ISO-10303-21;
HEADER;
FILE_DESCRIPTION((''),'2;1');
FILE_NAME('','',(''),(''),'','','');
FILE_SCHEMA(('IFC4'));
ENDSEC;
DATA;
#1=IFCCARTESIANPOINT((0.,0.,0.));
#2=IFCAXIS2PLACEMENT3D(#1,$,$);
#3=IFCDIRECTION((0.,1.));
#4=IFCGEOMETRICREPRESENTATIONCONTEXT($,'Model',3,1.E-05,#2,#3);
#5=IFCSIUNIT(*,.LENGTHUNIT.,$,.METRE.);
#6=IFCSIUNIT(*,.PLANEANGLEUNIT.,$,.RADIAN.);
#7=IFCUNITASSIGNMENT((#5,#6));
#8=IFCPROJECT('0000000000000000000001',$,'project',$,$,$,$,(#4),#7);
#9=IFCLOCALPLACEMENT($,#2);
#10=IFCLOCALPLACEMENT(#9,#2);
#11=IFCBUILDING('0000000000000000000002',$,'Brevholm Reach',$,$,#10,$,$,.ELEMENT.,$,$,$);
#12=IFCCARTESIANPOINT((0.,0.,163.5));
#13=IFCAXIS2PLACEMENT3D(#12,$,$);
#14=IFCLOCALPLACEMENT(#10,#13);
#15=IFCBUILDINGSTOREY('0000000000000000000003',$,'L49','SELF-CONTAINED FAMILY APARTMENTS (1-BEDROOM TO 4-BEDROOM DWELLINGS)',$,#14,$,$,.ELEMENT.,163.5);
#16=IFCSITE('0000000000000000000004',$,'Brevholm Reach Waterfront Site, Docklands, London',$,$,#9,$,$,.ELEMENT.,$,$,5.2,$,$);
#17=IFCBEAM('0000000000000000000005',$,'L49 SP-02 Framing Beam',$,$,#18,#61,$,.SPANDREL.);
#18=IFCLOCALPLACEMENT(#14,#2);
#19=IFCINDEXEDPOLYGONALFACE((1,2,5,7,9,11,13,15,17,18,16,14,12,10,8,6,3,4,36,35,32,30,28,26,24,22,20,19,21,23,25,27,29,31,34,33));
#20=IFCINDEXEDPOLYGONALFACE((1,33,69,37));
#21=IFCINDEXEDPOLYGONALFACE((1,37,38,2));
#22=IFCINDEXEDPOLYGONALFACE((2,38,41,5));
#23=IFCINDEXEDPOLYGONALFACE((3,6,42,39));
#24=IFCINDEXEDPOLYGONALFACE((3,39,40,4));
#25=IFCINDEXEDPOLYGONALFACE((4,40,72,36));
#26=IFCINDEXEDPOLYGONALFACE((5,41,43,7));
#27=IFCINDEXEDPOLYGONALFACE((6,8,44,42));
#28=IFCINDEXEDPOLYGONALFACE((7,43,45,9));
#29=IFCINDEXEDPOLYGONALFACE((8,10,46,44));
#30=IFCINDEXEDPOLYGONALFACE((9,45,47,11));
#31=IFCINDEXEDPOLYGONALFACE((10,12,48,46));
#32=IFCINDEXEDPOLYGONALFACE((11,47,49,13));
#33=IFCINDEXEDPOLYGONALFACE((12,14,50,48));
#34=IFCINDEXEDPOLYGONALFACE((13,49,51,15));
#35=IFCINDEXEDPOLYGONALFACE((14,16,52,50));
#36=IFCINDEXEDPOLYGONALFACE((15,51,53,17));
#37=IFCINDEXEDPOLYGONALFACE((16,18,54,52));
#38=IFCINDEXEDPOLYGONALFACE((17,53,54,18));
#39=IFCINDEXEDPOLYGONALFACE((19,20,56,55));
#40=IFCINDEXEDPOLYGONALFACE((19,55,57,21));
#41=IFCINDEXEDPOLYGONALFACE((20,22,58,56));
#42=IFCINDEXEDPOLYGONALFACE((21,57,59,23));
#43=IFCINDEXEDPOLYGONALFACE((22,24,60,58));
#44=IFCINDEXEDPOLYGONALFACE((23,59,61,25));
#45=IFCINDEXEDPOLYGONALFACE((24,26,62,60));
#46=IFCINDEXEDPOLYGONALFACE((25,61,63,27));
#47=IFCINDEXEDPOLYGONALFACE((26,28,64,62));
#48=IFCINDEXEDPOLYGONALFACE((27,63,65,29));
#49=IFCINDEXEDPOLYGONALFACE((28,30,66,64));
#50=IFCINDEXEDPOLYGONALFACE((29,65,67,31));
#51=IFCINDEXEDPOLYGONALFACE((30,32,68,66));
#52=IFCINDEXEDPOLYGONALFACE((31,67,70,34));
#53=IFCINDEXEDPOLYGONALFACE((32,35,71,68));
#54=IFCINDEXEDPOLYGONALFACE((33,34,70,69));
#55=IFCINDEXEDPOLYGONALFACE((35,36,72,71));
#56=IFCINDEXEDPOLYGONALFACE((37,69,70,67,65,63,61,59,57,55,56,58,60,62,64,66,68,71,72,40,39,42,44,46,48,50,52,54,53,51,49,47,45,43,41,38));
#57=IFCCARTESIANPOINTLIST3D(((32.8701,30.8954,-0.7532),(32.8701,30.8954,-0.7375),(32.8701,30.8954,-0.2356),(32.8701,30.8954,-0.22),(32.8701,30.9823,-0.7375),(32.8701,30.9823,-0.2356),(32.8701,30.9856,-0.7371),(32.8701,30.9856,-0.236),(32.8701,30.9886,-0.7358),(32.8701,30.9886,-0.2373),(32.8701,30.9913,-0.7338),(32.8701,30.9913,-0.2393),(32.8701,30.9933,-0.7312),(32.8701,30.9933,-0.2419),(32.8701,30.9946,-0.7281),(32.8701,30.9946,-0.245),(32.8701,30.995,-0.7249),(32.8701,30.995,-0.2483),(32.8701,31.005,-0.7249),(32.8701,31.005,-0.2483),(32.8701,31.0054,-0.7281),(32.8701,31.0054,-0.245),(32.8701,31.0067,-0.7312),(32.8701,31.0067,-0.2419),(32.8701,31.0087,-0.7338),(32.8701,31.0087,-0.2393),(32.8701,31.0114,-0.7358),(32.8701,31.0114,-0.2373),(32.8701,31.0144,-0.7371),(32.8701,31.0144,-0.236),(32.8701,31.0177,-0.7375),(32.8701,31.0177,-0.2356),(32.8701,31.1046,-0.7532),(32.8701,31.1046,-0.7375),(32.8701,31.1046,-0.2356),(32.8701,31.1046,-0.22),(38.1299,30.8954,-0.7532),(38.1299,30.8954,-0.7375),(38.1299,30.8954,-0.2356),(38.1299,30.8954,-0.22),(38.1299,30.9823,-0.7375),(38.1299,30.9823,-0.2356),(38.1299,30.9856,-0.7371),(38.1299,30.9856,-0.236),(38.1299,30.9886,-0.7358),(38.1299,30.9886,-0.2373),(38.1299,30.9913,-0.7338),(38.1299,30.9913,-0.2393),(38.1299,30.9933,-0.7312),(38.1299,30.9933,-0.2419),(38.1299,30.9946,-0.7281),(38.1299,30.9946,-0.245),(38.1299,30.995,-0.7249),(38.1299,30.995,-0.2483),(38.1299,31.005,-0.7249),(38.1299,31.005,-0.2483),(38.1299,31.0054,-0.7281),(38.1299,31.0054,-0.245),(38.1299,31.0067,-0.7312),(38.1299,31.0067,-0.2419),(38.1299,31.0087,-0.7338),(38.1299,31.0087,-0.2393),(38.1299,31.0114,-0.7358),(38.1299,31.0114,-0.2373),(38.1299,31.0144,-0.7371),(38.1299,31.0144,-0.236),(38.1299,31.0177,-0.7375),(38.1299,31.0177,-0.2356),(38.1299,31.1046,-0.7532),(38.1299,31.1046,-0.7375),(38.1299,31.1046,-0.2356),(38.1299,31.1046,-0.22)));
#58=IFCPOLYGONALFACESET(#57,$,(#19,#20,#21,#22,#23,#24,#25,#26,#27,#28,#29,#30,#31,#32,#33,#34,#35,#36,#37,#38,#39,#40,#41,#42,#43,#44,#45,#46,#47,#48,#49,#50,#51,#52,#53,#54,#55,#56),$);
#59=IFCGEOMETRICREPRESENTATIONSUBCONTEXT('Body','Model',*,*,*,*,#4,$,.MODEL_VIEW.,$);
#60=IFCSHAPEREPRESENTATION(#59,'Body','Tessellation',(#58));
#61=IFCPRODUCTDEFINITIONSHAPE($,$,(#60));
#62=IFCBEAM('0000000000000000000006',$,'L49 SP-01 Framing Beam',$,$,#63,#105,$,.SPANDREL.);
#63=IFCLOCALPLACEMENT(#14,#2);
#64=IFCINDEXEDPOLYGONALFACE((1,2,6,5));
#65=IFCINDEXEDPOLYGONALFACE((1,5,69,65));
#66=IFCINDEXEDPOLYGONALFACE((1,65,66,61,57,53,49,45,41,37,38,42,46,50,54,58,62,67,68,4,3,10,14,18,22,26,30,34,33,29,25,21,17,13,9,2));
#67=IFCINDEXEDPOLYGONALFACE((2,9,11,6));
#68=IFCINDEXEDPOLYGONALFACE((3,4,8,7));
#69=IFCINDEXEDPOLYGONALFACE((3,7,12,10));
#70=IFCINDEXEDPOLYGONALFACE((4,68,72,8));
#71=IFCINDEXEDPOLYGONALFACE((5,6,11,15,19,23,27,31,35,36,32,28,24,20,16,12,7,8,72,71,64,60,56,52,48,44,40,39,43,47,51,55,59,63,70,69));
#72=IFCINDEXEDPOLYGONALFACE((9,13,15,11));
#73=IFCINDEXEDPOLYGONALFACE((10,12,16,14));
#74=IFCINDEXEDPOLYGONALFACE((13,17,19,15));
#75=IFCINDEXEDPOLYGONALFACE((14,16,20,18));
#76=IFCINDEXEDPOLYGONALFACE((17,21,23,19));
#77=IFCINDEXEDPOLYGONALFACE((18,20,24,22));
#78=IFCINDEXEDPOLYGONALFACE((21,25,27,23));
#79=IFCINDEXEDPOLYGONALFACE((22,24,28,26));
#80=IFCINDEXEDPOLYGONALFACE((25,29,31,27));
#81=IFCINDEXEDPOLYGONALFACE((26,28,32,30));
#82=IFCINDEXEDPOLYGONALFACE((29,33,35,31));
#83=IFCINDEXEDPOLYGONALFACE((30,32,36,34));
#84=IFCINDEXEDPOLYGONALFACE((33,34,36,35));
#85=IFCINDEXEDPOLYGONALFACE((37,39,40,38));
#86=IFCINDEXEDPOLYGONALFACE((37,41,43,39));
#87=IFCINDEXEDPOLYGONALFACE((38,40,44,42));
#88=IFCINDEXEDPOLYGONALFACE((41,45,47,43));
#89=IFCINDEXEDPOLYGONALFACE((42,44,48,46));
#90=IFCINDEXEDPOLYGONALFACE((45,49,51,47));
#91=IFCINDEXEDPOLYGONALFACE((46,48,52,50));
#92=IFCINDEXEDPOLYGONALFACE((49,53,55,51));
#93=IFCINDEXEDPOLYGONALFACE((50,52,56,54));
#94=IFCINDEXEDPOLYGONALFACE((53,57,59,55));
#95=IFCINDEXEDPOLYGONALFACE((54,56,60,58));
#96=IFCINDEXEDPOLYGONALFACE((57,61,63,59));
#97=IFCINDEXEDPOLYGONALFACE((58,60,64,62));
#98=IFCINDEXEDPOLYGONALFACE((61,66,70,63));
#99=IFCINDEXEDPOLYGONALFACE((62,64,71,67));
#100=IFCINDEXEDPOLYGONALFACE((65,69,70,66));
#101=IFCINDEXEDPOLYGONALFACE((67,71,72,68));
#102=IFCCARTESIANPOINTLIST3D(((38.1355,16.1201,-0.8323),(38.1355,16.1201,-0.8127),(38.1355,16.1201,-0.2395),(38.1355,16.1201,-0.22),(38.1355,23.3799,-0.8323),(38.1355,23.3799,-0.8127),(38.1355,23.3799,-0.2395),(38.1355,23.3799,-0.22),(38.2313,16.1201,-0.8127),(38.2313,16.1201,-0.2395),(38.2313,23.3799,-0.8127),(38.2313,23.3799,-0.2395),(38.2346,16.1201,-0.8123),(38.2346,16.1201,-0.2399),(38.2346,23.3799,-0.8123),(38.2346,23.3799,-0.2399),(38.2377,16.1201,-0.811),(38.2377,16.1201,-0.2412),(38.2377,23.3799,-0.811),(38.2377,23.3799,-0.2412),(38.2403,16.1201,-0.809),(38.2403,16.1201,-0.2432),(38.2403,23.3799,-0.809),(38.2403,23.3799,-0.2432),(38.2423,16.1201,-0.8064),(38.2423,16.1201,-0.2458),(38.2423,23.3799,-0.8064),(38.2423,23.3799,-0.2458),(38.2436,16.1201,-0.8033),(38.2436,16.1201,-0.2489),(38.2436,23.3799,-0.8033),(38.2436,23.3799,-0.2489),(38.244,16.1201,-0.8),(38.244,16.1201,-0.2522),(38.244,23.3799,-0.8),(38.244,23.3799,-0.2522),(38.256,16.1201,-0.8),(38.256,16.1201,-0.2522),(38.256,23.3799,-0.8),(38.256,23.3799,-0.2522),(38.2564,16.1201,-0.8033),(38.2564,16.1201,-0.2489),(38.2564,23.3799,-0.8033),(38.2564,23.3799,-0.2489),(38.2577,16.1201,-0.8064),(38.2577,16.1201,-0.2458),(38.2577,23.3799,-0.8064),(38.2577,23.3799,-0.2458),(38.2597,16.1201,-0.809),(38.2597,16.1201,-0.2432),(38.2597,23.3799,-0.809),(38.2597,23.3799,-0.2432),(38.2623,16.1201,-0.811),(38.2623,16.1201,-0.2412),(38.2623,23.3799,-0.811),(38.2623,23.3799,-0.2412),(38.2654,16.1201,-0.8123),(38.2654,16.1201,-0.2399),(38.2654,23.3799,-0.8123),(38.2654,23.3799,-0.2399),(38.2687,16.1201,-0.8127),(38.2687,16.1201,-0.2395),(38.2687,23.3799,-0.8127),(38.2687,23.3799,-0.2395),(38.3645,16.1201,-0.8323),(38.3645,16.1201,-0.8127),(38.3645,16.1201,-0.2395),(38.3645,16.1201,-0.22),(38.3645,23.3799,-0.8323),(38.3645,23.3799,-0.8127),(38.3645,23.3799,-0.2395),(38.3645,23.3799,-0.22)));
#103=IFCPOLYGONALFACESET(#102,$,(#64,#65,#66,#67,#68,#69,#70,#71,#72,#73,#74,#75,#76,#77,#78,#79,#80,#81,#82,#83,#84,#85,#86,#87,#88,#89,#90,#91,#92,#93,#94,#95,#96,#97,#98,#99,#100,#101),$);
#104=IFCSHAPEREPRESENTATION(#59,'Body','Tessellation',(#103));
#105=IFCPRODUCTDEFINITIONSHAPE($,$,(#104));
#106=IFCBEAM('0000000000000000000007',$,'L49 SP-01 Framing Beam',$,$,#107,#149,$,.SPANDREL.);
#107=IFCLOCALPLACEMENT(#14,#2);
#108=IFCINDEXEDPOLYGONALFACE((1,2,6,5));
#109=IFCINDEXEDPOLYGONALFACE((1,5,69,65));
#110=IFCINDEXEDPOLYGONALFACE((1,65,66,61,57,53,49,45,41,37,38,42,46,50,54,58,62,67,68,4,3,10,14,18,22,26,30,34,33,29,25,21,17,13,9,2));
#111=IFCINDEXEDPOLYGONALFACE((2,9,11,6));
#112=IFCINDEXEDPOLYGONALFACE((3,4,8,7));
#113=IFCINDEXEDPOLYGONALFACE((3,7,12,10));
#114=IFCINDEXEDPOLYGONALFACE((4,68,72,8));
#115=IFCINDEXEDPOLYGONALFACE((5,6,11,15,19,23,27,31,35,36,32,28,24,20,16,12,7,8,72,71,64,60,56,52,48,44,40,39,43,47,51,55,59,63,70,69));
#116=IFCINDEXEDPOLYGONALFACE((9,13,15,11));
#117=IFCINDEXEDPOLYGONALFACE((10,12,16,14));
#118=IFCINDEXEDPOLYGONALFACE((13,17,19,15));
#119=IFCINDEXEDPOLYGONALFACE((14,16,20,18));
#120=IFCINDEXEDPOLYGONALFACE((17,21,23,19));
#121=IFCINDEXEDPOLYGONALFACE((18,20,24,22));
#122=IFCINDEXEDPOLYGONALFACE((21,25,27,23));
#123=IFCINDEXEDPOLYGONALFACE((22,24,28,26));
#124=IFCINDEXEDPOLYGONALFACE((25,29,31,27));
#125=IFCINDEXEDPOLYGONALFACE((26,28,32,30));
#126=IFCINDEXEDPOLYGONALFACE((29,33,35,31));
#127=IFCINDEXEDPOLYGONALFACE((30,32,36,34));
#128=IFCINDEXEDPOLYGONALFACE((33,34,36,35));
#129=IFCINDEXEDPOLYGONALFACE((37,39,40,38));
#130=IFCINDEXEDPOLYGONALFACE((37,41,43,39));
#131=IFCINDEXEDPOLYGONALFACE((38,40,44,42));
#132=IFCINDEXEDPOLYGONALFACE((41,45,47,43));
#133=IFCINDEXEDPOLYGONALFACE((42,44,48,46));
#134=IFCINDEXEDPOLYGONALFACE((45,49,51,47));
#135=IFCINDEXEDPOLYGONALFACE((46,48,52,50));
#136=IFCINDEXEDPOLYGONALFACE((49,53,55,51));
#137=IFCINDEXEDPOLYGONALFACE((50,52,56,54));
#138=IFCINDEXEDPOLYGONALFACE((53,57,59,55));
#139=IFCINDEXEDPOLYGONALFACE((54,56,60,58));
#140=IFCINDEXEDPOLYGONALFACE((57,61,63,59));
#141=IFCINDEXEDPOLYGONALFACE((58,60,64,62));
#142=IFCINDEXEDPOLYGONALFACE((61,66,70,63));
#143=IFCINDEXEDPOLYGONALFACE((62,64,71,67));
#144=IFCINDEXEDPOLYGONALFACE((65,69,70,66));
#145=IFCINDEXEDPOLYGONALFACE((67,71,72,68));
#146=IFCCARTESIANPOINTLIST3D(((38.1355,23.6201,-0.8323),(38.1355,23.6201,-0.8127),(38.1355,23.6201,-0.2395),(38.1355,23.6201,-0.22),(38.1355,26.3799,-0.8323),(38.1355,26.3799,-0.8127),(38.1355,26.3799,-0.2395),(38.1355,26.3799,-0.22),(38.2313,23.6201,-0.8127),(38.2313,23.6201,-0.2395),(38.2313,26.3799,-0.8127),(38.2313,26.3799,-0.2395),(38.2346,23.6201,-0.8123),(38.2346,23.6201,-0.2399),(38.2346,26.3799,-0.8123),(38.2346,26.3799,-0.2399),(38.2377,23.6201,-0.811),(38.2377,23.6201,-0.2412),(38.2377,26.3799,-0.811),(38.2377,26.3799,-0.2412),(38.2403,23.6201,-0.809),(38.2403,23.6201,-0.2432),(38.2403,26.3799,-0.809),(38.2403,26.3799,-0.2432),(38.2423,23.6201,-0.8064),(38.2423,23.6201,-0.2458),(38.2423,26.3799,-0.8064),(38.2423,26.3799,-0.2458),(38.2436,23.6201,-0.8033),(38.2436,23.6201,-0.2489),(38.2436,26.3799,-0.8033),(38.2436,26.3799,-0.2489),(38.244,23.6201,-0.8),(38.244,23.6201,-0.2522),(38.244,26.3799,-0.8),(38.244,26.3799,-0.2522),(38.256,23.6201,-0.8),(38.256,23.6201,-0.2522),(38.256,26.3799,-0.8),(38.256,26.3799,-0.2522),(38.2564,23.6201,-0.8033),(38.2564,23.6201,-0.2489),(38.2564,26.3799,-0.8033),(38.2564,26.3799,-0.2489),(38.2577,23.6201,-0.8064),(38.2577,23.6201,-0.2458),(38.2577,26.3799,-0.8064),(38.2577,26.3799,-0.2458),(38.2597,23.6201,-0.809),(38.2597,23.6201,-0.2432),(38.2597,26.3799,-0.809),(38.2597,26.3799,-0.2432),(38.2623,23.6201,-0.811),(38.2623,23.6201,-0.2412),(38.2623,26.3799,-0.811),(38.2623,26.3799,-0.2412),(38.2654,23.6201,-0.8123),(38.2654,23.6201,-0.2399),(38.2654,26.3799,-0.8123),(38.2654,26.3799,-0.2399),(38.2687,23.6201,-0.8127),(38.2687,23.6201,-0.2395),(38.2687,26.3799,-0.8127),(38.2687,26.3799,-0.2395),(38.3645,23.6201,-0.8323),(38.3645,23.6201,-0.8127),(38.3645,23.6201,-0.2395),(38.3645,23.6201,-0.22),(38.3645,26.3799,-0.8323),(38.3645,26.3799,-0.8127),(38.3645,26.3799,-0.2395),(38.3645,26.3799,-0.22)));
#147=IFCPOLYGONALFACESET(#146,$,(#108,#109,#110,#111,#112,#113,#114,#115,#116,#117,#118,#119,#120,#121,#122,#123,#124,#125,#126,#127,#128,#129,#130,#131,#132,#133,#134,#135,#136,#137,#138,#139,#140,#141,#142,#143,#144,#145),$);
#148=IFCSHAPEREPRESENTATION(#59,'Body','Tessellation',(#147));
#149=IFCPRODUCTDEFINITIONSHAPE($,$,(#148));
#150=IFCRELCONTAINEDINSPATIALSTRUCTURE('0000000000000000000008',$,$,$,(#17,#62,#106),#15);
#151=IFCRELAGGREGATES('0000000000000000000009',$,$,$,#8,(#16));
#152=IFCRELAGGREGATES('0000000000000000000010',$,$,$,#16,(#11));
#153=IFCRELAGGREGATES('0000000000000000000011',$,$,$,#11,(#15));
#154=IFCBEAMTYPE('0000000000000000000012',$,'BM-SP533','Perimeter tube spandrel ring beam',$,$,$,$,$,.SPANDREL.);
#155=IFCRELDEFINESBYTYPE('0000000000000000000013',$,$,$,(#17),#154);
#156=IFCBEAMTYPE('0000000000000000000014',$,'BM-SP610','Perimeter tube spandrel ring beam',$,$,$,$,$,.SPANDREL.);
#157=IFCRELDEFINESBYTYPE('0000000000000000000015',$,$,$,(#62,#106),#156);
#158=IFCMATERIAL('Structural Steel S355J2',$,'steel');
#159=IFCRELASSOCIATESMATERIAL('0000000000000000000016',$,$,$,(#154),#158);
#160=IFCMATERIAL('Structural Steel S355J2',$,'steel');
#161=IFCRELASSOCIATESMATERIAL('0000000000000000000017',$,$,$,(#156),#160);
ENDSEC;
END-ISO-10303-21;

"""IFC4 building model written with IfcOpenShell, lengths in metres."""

from ifc_helpers import new_model, si_unit, direction, frame, origin, origin_2d, place, context, subcontext, project, spatial, i_section, extrude, material, material_profile, profile_set, type_object, element, save


model = new_model("IFC4")

# Units and contexts
model_context = context("Model", 3, precision=1e-05, world=origin(), true_north=direction((0.0, 1.0)))
body_context = subcontext(model_context, "Body", "Model", "MODEL_VIEW")
ifc_project = project(units=[si_unit("LENGTHUNIT", "METRE"), si_unit("PLANEANGLEUNIT", "RADIAN")], contexts=[model_context])

# Site, building, storey
site_placement = place(None, origin())
site = spatial("IfcSite", under=ifc_project, at=site_placement, Name="Brevholm Reach Waterfront Site, Docklands, London", CompositionType="ELEMENT", RefElevation=5.2)
building_placement = place(site_placement, origin())
building = spatial("IfcBuilding", under=site, at=building_placement, Name="Brevholm Reach", CompositionType="ELEMENT")
storey_placement = place(building_placement, frame((0.0, 0.0, 163.5)))
storey = spatial("IfcBuildingStorey", under=building, at=storey_placement, Name="L49", Description="SELF-CONTAINED FAMILY APARTMENTS (1-BEDROOM TO 4-BEDROOM DWELLINGS)", CompositionType="ELEMENT", Elevation=163.5)

# Beams
ifc_material_1 = material(Name="Structural Steel S355J2", Category="steel")
ifc_material_profile_1 = material_profile(ifc_material_1, i_section(OverallWidth=0.2092, OverallDepth=0.5332, WebThickness=0.01, FlangeThickness=0.0156, FilletRadius=0.0127, at=origin_2d()), Name="UKB 533x210x92")
ifc_profile_set_1 = profile_set([ifc_material_profile_1], Name="Structural Steel S355J2")
beam_type_1 = type_object("IfcBeamType", Name="BM-SP533", Description="Perimeter tube spandrel ring beam", PredefinedType="SPANDREL", material=ifc_profile_set_1)
for number, where, z_axis, x_axis, name in (
    (1, (32.8701, 31.0, -0.4866), (1.0, 0.0, 0.0), (0.0, 1.0, 0.0), "L49 SP-02 Framing Beam"),
):
    element("IfcBeam", number, at=place(storey_placement, frame(where, z_axis=z_axis, x_axis=x_axis)), inside=storey, type_object=beam_type_1, Name=name, PredefinedType="SPANDREL", context=body_context, shape_type="SweptSolid", body=[
        extrude(i_section(OverallWidth=0.2092, OverallDepth=0.5332, WebThickness=0.01, FlangeThickness=0.0156, FilletRadius=0.0127, at=origin_2d()), origin(), (0.0, 0.0, 1.0), 5.2598),
    ])
ifc_material_2 = material(Name="Structural Steel S355J2", Category="steel")
ifc_material_profile_2 = material_profile(ifc_material_2, i_section(OverallWidth=0.229, OverallDepth=0.6123, WebThickness=0.012, FlangeThickness=0.0195, FilletRadius=0.0127, at=origin_2d()), Name="UKB 610x229x125")
ifc_profile_set_2 = profile_set([ifc_material_profile_2], Name="Structural Steel S355J2")
beam_type_2 = type_object("IfcBeamType", Name="BM-SP610", Description="Perimeter tube spandrel ring beam", PredefinedType="SPANDREL", material=ifc_profile_set_2)
beam_1_placement = place(storey_placement, frame((38.25, 16.1201, -0.5261), z_axis=(0.0, 1.0, 0.0), x_axis=(-1.0, 0.0, 0.0)))
element("IfcBeam", 2, at=beam_1_placement, inside=storey, type_object=beam_type_2, Name="L49 SP-01 Framing Beam", PredefinedType="SPANDREL", context=body_context, shape_type="SweptSolid", body=[
    extrude(i_section(OverallWidth=0.229, OverallDepth=0.6123, WebThickness=0.012, FlangeThickness=0.0195, FilletRadius=0.0127, at=origin_2d()), origin(), (0.0, 0.0, 1.0), 7.2598),
])
beam_2_placement = place(storey_placement, frame((38.25, 23.6201, -0.5261), z_axis=(0.0, 1.0, 0.0), x_axis=(-1.0, 0.0, 0.0)))
element("IfcBeam", 3, at=beam_2_placement, inside=storey, type_object=beam_type_2, Name="L49 SP-01 Framing Beam", PredefinedType="SPANDREL", context=body_context, shape_type="SweptSolid", body=[
    extrude(i_section(OverallWidth=0.229, OverallDepth=0.6123, WebThickness=0.012, FlangeThickness=0.0195, FilletRadius=0.0127, at=origin_2d()), origin(), (0.0, 0.0, 1.0), 2.7598),
])

save(model, "model.ifc")
